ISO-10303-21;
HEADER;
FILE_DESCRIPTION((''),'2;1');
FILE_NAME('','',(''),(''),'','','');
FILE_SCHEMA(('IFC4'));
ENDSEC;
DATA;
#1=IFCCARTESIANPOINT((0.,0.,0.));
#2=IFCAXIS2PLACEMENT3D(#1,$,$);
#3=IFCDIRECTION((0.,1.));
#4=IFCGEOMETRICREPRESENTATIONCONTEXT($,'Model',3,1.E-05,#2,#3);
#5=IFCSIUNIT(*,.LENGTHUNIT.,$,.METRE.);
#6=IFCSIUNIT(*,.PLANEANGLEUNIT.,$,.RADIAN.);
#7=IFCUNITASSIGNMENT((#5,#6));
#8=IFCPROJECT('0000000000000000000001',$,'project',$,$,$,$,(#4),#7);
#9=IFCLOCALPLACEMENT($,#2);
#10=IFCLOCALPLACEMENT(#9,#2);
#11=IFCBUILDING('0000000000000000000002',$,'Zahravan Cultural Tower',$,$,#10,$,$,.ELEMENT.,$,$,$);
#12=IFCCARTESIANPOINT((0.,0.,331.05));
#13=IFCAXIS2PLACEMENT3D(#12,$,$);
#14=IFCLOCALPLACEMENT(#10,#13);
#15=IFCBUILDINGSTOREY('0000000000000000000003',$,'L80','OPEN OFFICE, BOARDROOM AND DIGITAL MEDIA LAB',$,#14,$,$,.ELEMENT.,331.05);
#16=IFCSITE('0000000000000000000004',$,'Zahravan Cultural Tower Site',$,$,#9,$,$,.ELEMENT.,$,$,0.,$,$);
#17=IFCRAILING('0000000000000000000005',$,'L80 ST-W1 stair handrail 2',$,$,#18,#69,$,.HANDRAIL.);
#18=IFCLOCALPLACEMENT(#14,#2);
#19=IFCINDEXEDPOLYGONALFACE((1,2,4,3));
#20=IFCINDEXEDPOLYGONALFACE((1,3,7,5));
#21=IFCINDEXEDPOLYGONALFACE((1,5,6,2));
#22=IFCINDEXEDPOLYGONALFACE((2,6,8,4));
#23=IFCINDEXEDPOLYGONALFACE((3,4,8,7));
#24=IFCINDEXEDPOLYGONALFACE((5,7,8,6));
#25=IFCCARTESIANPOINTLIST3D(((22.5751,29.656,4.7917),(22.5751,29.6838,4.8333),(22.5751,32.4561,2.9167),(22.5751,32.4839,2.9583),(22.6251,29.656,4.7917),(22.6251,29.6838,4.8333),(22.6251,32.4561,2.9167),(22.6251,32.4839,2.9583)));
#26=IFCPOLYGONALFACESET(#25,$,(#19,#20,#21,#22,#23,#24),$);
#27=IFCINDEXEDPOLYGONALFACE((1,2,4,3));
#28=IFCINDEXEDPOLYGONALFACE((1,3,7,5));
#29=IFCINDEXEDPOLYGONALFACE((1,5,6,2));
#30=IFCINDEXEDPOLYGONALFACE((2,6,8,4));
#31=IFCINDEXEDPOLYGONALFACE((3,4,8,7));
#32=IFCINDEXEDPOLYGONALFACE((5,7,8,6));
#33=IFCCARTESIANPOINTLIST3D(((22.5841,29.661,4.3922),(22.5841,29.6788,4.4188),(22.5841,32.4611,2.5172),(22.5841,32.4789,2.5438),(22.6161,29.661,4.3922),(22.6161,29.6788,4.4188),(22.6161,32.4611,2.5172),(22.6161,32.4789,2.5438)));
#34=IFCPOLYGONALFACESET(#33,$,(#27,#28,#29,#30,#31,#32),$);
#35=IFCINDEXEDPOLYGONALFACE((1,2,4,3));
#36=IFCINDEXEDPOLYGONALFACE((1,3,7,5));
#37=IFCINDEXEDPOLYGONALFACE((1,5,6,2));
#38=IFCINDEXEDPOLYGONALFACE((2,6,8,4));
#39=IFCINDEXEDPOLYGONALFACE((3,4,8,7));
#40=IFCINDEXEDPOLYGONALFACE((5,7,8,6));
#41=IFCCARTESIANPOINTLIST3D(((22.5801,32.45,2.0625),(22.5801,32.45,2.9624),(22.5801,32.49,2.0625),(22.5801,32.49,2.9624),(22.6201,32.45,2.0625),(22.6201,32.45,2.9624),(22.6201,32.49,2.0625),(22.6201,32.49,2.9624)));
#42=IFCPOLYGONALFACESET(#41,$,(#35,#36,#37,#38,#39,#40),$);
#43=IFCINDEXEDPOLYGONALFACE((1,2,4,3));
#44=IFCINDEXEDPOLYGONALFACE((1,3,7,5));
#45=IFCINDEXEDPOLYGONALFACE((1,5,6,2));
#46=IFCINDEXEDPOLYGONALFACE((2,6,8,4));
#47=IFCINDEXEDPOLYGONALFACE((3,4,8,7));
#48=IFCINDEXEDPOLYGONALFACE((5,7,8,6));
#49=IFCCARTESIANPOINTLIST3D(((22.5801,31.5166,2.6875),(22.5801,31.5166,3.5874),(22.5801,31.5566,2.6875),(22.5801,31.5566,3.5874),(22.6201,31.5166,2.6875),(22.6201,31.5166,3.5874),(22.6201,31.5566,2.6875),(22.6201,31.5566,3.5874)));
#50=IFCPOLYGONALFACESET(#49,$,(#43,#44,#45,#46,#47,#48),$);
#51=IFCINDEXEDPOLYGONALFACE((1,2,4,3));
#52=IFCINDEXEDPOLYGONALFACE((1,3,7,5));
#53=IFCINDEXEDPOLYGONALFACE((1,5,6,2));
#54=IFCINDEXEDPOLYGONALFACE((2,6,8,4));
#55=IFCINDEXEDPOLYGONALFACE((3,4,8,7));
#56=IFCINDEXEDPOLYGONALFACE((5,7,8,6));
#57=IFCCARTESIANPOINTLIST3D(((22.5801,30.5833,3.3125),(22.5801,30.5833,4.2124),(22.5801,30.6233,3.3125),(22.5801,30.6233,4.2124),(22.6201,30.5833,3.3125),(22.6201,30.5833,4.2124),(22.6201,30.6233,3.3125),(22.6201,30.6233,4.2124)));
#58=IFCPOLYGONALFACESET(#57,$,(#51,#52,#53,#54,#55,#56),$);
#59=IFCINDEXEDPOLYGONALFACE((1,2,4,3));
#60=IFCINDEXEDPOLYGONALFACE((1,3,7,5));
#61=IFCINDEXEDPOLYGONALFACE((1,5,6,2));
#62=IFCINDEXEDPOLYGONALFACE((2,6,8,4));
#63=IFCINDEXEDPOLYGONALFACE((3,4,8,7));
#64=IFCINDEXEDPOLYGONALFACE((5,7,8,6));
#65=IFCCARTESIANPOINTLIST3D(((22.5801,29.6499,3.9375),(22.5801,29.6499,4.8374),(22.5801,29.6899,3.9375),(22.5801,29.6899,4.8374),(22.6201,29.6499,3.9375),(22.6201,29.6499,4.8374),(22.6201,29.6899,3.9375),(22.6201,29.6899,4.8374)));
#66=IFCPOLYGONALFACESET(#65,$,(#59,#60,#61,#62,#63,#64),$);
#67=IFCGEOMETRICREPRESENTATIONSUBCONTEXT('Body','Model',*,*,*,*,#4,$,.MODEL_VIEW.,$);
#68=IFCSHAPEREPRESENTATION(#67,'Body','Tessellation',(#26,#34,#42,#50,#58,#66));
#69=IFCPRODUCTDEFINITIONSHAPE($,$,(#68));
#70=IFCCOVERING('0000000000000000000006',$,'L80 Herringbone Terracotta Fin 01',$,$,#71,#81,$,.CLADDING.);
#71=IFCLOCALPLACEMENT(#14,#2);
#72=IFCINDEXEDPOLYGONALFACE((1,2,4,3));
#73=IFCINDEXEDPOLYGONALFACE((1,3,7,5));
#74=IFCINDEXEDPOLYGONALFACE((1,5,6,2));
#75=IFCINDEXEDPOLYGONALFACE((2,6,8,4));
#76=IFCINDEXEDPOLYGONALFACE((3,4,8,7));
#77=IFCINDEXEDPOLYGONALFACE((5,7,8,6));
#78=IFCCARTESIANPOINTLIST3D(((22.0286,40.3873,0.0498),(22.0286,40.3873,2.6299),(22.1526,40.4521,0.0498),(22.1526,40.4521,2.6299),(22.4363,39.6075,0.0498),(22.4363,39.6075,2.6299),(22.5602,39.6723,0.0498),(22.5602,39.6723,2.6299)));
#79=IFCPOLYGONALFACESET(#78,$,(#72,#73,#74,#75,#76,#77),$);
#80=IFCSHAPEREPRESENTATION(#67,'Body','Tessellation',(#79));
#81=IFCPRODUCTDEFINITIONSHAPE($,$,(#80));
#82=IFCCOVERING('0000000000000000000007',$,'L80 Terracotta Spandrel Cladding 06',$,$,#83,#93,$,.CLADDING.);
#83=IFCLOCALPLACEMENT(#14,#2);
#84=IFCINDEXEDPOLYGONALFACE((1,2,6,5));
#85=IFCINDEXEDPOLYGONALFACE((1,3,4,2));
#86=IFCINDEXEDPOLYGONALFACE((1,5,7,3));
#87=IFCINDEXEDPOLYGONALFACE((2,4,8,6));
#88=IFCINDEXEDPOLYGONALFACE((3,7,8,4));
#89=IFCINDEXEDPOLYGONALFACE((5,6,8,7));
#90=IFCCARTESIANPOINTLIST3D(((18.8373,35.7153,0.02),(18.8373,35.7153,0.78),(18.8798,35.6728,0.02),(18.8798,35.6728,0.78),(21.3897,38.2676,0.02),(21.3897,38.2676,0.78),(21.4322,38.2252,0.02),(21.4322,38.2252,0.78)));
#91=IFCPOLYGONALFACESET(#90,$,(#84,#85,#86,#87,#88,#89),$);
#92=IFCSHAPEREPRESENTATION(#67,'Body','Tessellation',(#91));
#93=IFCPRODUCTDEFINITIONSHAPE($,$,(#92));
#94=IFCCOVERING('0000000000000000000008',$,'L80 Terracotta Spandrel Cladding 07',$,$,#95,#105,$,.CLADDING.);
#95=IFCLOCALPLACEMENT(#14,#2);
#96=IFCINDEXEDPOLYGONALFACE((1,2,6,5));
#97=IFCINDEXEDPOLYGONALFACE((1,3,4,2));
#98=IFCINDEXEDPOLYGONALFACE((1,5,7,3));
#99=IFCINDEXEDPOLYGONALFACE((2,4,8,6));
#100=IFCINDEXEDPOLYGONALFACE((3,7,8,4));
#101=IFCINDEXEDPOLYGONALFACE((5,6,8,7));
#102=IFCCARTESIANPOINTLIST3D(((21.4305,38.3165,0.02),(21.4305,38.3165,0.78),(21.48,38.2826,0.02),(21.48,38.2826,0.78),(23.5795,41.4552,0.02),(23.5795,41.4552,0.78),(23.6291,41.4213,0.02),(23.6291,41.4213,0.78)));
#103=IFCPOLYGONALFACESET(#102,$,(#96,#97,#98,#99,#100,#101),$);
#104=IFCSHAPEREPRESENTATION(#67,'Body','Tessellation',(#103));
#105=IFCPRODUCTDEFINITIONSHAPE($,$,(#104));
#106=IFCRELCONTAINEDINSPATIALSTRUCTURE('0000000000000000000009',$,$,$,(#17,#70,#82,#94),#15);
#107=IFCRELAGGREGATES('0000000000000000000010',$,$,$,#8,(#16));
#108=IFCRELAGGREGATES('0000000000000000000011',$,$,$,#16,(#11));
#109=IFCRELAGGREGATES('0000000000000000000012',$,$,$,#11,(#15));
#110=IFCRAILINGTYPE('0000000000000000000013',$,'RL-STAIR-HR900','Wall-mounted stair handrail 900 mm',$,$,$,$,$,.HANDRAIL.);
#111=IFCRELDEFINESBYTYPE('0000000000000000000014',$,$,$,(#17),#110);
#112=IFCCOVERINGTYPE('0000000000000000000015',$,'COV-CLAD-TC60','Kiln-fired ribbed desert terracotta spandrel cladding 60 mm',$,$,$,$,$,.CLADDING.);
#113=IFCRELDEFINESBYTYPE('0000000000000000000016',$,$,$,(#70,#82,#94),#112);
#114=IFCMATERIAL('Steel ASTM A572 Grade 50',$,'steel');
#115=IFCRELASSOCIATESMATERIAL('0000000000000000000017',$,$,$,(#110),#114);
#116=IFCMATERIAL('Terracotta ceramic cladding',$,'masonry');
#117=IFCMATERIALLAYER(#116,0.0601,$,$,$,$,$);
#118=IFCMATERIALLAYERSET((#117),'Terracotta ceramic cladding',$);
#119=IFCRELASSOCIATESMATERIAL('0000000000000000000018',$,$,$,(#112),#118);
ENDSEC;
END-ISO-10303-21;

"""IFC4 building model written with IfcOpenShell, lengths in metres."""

from ifc_helpers import new_model, si_unit, direction, frame, origin, origin_2d, place, context, subcontext, project, spatial, rectangle, extrude, source, transform, mapped, material, layer, layer_set, type_object, element, save


model = new_model("IFC4")

# Units and contexts
model_context = context("Model", 3, precision=1e-05, world=origin(), true_north=direction((0.0, 1.0)))
body_context = subcontext(model_context, "Body", "Model", "MODEL_VIEW")
ifc_project = project(units=[si_unit("LENGTHUNIT", "METRE"), si_unit("PLANEANGLEUNIT", "RADIAN")], contexts=[model_context])

# Site, building, storey
site_placement = place(None, origin())
site = spatial("IfcSite", under=ifc_project, at=site_placement, Name="Zahravan Cultural Tower Site", CompositionType="ELEMENT", RefElevation=0.0)
building_placement = place(site_placement, origin())
building = spatial("IfcBuilding", under=site, at=building_placement, Name="Zahravan Cultural Tower", CompositionType="ELEMENT")
storey_placement = place(building_placement, frame((0.0, 0.0, 331.05)))
storey = spatial("IfcBuildingStorey", under=building, at=storey_placement, Name="L80", Description="OPEN OFFICE, BOARDROOM AND DIGITAL MEDIA LAB", CompositionType="ELEMENT", Elevation=331.05)

# Railing
ifc_material_1 = material(Name="Steel ASTM A572 Grade 50", Category="steel")
railing_type = type_object("IfcRailingType", Name="RL-STAIR-HR900", Description="Wall-mounted stair handrail 900 mm", PredefinedType="HANDRAIL", material=ifc_material_1)
railing_placement = place(storey_placement, frame((22.6001, 32.47, 2.0625)))
element("IfcRailing", 1, at=railing_placement, inside=storey, type_object=railing_type, Name="L80 ST-W1 stair handrail 2", PredefinedType="HANDRAIL", context=body_context, shape_type="SweptSolid", body=[
    extrude(rectangle(XDim=0.05, YDim=0.05, at=origin_2d()), frame((0.0, 0.0, 0.875), z_axis=(0.0, -0.830912, 0.556404), x_axis=(1.0, 0.0, 0.0)), (0.0, 0.0, 1.0), 3.3699),
    extrude(rectangle(XDim=0.032, YDim=0.032, at=origin_2d()), frame((0.0, 0.0, 0.468), z_axis=(0.0, -0.830912, 0.556404), x_axis=(1.0, 0.0, 0.0)), (0.0, 0.0, 1.0), 3.3699),
    extrude(rectangle(XDim=0.04, YDim=0.04, at=origin_2d()), origin(), (0.0, 0.0, 1.0), 0.8999),
    extrude(rectangle(XDim=0.04, YDim=0.04, at=origin_2d()), frame((0.0, -0.9333, 0.625)), (0.0, 0.0, 1.0), 0.8999),
    extrude(rectangle(XDim=0.04, YDim=0.04, at=origin_2d()), frame((0.0, -1.8667, 1.25)), (0.0, 0.0, 1.0), 0.8999),
    extrude(rectangle(XDim=0.04, YDim=0.04, at=origin_2d()), frame((0.0, -2.8, 1.875)), (0.0, 0.0, 1.0), 0.8999),
])

# Coverings
ifc_material_2 = material(Name="Terracotta ceramic cladding", Category="masonry")
ifc_layer_1 = layer(ifc_material_2, 0.0601)
ifc_layer_set_1 = layer_set([ifc_layer_1], Name="Terracotta ceramic cladding")
covering_type = type_object("IfcCoveringType", Name="COV-CLAD-TC60", Description="Kiln-fired ribbed desert terracotta spandrel cladding 60 mm", PredefinedType="CLADDING", material=ifc_layer_set_1)
shared_shape_1 = source(origin(), body_context, "Body", "SweptSolid", [
    extrude(rectangle(XDim=0.8799, YDim=0.1399, at=origin_2d()), origin(), (0.0, 0.0, 1.0), 2.5801),
])
covering_1_placement = place(storey_placement, frame((22.2944, 40.0298, 0.0498), z_axis=(0.0, 0.0, 1.0), x_axis=(-0.463312, 0.886195, 0.0)))
element("IfcCovering", 2, at=covering_1_placement, inside=storey, type_object=covering_type, Name="L80 Herringbone Terracotta Fin 01", PredefinedType="CLADDING", context=body_context, shape_type="MappedRepresentation", body=[
    mapped(shared_shape_1, transform((0.0, 0.0, 0.0), x_axis=(1.0, 0.0, 0.0), y_axis=(0.0, 1.0, 0.0), z_axis=(0.0, 0.0, 1.0), scale=1.0)),
])
shared_shape_2 = source(origin(), body_context, "Body", "SweptSolid", [
    extrude(rectangle(XDim=3.6096, YDim=0.0601, at=origin_2d()), origin(), (0.0, 0.0, 1.0), 0.76),
])
covering_2_placement = place(storey_placement, frame((20.1348, 36.9702, 0.02), z_axis=(0.0, 0.0, 1.0), x_axis=(0.707107, 0.707107, 0.0)))
element("IfcCovering", 3, at=covering_2_placement, inside=storey, type_object=covering_type, Name="L80 Terracotta Spandrel Cladding 06", PredefinedType="CLADDING", context=body_context, shape_type="MappedRepresentation", body=[
    mapped(shared_shape_2, transform((0.0, 0.0, 0.0), x_axis=(1.0, 0.0, 0.0), y_axis=(0.0, 1.0, 0.0), z_axis=(0.0, 0.0, 1.0), scale=1.0)),
])
shared_shape_3 = source(origin(), body_context, "Body", "SweptSolid", [
    extrude(rectangle(XDim=3.804, YDim=0.0601, at=origin_2d()), origin(), (0.0, 0.0, 1.0), 0.76),
])
covering_3_placement = place(storey_placement, frame((22.5298, 39.8689, 0.02), z_axis=(0.0, 0.0, 1.0), x_axis=(0.564953, 0.825123, 0.0)))
element("IfcCovering", 4, at=covering_3_placement, inside=storey, type_object=covering_type, Name="L80 Terracotta Spandrel Cladding 07", PredefinedType="CLADDING", context=body_context, shape_type="MappedRepresentation", body=[
    mapped(shared_shape_3, transform((0.0, 0.0, 0.0), x_axis=(1.0, 0.0, 0.0), y_axis=(0.0, 1.0, 0.0), z_axis=(0.0, 0.0, 1.0), scale=1.0)),
])

save(model, "model.ifc")
